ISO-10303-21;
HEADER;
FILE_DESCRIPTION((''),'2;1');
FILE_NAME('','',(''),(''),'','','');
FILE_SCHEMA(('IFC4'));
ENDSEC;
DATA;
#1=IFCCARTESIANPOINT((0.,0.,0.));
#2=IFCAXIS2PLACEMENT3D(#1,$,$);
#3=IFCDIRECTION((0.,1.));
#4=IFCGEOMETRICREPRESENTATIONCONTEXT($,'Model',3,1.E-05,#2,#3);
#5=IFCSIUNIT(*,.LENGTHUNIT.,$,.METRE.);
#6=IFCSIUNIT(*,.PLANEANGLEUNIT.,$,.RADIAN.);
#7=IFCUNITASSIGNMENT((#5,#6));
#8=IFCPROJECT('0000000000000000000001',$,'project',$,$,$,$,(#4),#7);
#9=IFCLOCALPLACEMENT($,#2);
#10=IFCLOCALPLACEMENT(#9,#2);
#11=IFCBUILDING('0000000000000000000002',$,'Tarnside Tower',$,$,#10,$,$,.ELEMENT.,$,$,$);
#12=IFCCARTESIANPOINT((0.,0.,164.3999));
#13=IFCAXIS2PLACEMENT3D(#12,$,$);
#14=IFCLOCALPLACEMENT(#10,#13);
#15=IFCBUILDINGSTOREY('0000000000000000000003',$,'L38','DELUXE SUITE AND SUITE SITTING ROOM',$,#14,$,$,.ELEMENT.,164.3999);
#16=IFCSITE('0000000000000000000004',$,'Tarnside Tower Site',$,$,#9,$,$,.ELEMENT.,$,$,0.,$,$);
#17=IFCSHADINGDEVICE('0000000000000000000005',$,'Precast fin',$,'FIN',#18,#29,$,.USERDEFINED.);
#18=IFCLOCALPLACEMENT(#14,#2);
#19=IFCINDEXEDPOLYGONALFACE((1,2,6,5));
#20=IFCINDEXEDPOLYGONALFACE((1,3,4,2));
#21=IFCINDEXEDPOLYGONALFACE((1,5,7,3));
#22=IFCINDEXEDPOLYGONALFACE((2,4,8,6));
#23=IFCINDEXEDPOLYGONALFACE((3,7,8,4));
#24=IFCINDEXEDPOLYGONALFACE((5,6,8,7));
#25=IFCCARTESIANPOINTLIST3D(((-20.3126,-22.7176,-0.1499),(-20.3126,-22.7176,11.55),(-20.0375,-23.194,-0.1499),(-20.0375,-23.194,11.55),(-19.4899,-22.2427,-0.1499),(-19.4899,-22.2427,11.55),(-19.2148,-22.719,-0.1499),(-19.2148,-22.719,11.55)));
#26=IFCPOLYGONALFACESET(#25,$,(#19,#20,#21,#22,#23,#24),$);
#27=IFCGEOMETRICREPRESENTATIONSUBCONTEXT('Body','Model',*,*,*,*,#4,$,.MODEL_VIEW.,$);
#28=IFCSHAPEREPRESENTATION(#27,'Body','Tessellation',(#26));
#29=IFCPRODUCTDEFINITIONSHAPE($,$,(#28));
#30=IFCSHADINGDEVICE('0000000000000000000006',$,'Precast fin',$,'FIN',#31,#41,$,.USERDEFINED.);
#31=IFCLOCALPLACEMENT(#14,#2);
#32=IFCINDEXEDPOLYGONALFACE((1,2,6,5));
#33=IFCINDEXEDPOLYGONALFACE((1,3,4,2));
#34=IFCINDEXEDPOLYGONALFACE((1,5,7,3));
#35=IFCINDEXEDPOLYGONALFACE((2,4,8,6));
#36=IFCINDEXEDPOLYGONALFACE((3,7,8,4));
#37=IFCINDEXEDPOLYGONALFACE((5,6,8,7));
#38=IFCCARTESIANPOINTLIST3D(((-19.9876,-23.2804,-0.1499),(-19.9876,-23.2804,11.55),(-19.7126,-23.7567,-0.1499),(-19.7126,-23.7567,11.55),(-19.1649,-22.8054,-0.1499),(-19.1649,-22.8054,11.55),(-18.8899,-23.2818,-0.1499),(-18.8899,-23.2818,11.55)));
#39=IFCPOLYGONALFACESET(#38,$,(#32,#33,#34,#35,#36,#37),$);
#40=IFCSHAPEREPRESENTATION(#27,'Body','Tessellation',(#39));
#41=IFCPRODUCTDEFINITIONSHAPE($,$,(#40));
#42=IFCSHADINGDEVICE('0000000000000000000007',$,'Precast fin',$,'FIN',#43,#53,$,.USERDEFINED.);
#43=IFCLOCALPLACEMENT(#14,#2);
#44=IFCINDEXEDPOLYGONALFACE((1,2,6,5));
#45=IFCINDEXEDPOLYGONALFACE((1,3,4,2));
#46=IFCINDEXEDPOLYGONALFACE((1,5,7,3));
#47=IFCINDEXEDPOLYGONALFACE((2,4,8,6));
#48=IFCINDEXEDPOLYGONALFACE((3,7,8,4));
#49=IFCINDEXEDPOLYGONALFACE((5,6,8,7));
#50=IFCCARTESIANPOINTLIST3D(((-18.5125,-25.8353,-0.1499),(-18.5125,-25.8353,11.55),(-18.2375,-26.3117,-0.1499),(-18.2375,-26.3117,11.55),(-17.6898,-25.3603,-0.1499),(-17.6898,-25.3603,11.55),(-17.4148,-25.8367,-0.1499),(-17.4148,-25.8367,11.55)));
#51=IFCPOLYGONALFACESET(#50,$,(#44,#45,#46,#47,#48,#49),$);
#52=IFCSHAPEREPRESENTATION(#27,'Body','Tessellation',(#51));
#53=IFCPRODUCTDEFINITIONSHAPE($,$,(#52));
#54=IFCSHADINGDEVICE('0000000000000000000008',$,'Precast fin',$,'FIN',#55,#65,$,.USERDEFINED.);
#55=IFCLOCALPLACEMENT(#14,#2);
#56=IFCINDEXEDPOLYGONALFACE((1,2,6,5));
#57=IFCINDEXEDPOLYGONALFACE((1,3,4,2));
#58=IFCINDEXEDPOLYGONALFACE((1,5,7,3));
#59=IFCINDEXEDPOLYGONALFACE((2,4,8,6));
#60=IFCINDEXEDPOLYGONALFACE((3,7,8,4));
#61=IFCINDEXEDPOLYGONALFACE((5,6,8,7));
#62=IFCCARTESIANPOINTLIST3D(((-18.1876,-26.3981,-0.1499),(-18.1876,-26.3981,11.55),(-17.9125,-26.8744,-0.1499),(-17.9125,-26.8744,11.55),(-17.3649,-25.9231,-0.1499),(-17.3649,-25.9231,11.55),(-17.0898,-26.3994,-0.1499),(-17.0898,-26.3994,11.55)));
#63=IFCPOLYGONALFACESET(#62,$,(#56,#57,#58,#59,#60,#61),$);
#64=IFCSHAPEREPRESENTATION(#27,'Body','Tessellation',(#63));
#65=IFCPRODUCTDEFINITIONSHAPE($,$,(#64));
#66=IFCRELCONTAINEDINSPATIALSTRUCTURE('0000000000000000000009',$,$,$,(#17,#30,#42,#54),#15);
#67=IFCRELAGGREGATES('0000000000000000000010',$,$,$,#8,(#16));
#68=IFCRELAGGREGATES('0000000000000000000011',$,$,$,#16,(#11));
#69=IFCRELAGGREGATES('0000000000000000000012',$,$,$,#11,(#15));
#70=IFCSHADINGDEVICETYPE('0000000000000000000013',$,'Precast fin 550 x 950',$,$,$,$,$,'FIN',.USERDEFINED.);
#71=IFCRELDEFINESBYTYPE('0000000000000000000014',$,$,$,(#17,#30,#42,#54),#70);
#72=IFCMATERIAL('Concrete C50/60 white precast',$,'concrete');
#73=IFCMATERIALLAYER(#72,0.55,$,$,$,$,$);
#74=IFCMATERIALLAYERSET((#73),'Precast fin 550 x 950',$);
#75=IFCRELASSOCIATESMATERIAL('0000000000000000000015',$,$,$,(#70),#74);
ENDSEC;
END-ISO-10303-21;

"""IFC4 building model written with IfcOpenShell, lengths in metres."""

from ifc_helpers import new_model, si_unit, direction, frame, origin, place, context, subcontext, project, spatial, polyline, outline, extrude, material, layer, layer_set, type_object, element, save


model = new_model("IFC4")

# Units and contexts
model_context = context("Model", 3, precision=1e-05, world=origin(), true_north=direction((0.0, 1.0)))
body_context = subcontext(model_context, "Body", "Model", "MODEL_VIEW")
ifc_project = project(units=[si_unit("LENGTHUNIT", "METRE"), si_unit("PLANEANGLEUNIT", "RADIAN")], contexts=[model_context])

# Site, building, storey
site_placement = place(None, origin())
site = spatial("IfcSite", under=ifc_project, at=site_placement, Name="Tarnside Tower Site", CompositionType="ELEMENT", RefElevation=0.0)
building_placement = place(site_placement, origin())
building = spatial("IfcBuilding", under=site, at=building_placement, Name="Tarnside Tower", CompositionType="ELEMENT")
storey_placement = place(building_placement, frame((0.0, 0.0, 164.3999)))
storey = spatial("IfcBuildingStorey", under=building, at=storey_placement, Name="L38", Description="DELUXE SUITE AND SUITE SITTING ROOM", CompositionType="ELEMENT", Elevation=164.3999)

# Shading devices
ifc_material_1 = material(Name="Concrete C50/60 white precast", Category="concrete")
ifc_layer_1 = layer(ifc_material_1, 0.55)
ifc_layer_set_1 = layer_set([ifc_layer_1], Name="Precast fin 550 x 950")
shading_device_type_1 = type_object("IfcShadingDeviceType", Name="Precast fin 550 x 950", ElementType="FIN", PredefinedType="USERDEFINED", material=ifc_layer_set_1)
for number, where, z_axis, x_axis, name in (
    (1, (-19.3523, -22.481, -0.1499), (-0.5, 0.866025, 0.0), (-0.866025, -0.5, 0.0), "Precast fin"),
    (2, (-19.0273, -23.0437, -0.1499), (-0.5, 0.866025, 0.0), (-0.866025, -0.5, 0.0), "Precast fin"),
    (3, (-17.5522, -25.5986, -0.1499), (-0.5, 0.866025, 0.0), (-0.866025, -0.5, 0.0), "Precast fin"),
    (4, (-17.2273, -26.1614, -0.1499), (-0.5, 0.866025, 0.0), (-0.866025, -0.5, 0.0), "Precast fin"),
):
    element("IfcShadingDevice", number, at=place(storey_placement, frame(where, z_axis=z_axis, x_axis=x_axis)), inside=storey, type_object=shading_device_type_1, Name=name, ObjectType="FIN", PredefinedType="USERDEFINED", context=body_context, shape_type="SweptSolid", body=[
        extrude(outline(polyline([(0.0, 0.0), (0.95, 0.0), (0.95, 11.7), (0.0, 11.7), (0.0, 0.0)])), frame((0.0, 0.0, -0.2749)), (0.0, 0.0, 1.0), 0.55),
    ])

save(model, "model.ifc")
